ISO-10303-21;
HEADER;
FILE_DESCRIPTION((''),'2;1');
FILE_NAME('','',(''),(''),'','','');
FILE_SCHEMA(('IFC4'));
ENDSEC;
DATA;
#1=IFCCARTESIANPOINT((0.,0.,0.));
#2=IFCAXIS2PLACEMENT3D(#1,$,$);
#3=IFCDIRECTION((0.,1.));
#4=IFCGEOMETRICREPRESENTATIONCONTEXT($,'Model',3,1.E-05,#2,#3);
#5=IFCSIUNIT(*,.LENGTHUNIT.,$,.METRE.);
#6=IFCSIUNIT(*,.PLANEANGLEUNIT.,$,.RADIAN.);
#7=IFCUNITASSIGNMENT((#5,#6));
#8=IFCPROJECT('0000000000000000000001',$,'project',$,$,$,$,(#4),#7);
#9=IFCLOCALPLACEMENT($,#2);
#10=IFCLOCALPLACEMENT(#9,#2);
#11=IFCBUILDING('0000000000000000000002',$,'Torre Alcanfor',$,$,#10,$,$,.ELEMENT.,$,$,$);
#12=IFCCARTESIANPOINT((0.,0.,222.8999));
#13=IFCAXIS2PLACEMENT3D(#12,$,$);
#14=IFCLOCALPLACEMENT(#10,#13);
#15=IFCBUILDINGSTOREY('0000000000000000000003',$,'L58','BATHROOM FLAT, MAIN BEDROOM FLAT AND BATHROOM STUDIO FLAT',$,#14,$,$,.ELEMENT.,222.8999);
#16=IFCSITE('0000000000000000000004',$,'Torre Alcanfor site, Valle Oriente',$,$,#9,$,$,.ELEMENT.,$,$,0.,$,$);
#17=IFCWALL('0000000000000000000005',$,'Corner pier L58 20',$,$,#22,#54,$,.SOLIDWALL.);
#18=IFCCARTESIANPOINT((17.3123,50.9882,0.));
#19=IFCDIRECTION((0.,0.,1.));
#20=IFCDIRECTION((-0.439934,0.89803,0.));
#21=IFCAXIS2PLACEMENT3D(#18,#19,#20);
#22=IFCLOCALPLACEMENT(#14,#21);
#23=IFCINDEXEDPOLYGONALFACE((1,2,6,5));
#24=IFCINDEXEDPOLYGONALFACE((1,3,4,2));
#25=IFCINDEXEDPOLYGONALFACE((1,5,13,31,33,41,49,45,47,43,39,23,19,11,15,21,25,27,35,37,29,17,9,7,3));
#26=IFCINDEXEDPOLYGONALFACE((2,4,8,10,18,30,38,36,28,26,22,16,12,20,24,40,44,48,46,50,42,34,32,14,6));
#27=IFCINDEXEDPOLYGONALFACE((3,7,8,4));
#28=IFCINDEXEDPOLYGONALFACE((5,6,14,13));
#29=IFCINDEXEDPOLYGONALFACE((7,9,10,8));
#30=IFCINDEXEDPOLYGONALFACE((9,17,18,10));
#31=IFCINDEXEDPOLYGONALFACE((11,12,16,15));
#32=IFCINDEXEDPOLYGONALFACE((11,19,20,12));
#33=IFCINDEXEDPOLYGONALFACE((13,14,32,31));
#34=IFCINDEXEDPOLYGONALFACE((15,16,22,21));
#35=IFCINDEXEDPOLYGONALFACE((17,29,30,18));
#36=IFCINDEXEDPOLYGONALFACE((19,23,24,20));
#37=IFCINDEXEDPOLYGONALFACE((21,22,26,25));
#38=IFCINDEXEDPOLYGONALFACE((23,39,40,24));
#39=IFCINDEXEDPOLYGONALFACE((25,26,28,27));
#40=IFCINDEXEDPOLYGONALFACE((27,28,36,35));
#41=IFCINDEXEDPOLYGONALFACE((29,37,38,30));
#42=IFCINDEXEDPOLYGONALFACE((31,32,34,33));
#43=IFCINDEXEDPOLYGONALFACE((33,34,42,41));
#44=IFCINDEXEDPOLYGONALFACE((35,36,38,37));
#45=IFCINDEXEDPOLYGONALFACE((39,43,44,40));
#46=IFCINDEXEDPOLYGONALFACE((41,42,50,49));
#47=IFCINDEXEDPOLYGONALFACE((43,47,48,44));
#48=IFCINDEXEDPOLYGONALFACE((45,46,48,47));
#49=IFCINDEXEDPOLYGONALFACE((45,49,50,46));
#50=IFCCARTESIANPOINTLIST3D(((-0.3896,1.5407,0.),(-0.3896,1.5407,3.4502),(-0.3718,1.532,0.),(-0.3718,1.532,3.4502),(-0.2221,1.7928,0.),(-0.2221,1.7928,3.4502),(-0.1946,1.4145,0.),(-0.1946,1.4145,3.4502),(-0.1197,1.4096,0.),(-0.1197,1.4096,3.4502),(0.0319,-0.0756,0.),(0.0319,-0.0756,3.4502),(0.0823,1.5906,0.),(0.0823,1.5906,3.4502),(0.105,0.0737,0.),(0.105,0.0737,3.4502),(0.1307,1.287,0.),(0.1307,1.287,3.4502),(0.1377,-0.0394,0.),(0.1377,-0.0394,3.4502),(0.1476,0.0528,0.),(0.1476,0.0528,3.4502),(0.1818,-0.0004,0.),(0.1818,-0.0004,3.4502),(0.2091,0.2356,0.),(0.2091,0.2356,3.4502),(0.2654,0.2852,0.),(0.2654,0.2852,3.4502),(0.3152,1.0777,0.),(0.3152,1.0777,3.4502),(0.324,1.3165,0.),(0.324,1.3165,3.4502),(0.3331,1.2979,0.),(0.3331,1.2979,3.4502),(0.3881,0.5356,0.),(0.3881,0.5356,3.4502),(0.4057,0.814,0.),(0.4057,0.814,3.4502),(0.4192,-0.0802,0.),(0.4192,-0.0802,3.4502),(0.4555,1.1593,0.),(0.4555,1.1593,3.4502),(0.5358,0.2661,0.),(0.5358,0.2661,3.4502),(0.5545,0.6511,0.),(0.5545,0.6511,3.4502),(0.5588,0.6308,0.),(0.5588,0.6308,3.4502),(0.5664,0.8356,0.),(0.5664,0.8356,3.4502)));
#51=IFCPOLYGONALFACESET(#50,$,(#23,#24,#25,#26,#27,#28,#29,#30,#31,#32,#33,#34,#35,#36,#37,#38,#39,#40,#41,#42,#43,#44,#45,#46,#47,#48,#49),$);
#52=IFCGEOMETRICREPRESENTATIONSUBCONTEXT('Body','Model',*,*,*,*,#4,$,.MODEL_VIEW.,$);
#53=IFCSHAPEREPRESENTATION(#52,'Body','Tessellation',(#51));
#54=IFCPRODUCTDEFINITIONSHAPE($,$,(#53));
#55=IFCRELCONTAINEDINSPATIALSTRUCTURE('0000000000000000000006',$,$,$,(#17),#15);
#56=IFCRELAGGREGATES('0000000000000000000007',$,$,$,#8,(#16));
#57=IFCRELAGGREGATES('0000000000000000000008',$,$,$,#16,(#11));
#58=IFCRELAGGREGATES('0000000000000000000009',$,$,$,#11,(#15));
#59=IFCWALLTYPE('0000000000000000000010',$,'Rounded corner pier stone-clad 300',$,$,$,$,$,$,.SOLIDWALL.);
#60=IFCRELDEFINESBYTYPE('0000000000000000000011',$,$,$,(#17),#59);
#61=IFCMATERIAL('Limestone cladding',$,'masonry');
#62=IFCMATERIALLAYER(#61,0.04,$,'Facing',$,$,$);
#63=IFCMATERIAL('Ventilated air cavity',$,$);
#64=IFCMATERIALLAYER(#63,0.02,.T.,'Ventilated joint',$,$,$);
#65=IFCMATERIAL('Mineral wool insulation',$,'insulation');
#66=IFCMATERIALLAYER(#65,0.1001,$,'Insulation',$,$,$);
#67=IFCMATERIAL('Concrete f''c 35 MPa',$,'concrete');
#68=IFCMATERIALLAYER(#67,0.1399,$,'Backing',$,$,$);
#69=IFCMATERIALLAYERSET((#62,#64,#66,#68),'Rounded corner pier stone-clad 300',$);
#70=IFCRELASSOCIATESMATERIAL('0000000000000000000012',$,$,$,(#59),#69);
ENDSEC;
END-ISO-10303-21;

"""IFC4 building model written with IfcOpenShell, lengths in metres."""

from ifc_helpers import new_model, si_unit, direction, frame, origin, place, context, subcontext, project, spatial, polyline, outline, extrude, material, layer, layer_set, type_object, element, save


model = new_model("IFC4")

# Units and contexts
model_context = context("Model", 3, precision=1e-05, world=origin(), true_north=direction((0.0, 1.0)))
body_context = subcontext(model_context, "Body", "Model", "MODEL_VIEW")
ifc_project = project(units=[si_unit("LENGTHUNIT", "METRE"), si_unit("PLANEANGLEUNIT", "RADIAN")], contexts=[model_context])

# Site, building, storey
site_placement = place(None, origin())
site = spatial("IfcSite", under=ifc_project, at=site_placement, Name="Torre Alcanfor site, Valle Oriente", CompositionType="ELEMENT", RefElevation=0.0)
building_placement = place(site_placement, origin())
building = spatial("IfcBuilding", under=site, at=building_placement, Name="Torre Alcanfor", CompositionType="ELEMENT")
storey_placement = place(building_placement, frame((0.0, 0.0, 222.8999)))
storey = spatial("IfcBuildingStorey", under=building, at=storey_placement, Name="L58", Description="BATHROOM FLAT, MAIN BEDROOM FLAT AND BATHROOM STUDIO FLAT", CompositionType="ELEMENT", Elevation=222.8999)

# Wall
ifc_material_1 = material(Name="Limestone cladding", Category="masonry")
ifc_layer_1 = layer(ifc_material_1, 0.04, Name="Facing")
ifc_material_2 = material(Name="Ventilated air cavity")
ifc_layer_2 = layer(ifc_material_2, 0.02, ventilated=True, Name="Ventilated joint")
ifc_material_3 = material(Name="Mineral wool insulation", Category="insulation")
ifc_layer_3 = layer(ifc_material_3, 0.1001, Name="Insulation")
ifc_material_4 = material(Name="Concrete f'c 35 MPa", Category="concrete")
ifc_layer_4 = layer(ifc_material_4, 0.1399, Name="Backing")
ifc_layer_set_1 = layer_set([ifc_layer_1, ifc_layer_2, ifc_layer_3, ifc_layer_4], Name="Rounded corner pier stone-clad 300")
wall_type_1 = type_object("IfcWallType", Name="Rounded corner pier stone-clad 300", PredefinedType="SOLIDWALL", material=ifc_layer_set_1)
wall_1_placement = place(storey_placement, frame((17.3123, 50.9882, 0.0), z_axis=(0.0, 0.0, 1.0), x_axis=(-0.439934, 0.89803, 0.0)))
element("IfcWall", 1, at=wall_1_placement, inside=storey, type_object=wall_type_1, Name="Corner pier L58 20", PredefinedType="SOLIDWALL", context=body_context, shape_type="SweptSolid", body=[
    extrude(outline(polyline([(0.1377, -0.0394), (0.1818, -0.0004), (0.4192, -0.0802), (0.5358, 0.2661), (0.5588, 0.6308), (0.5545, 0.6511), (0.5664, 0.8356), (0.4555, 1.1593), (0.3331, 1.2979), (0.324, 1.3165), (0.0823, 1.5906), (-0.2221, 1.7928), (-0.3896, 1.5407), (-0.3718, 1.532), (-0.1946, 1.4145), (-0.1197, 1.4096), (0.1307, 1.287), (0.3152, 1.0777), (0.4057, 0.814), (0.3881, 0.5356), (0.2654, 0.2852), (0.2091, 0.2356), (0.1476, 0.0528), (0.105, 0.0737), (0.0319, -0.0756), (0.1377, -0.0394)])), origin(), (0.0, 0.0, 1.0), 3.4502),
])

save(model, "model.ifc")
